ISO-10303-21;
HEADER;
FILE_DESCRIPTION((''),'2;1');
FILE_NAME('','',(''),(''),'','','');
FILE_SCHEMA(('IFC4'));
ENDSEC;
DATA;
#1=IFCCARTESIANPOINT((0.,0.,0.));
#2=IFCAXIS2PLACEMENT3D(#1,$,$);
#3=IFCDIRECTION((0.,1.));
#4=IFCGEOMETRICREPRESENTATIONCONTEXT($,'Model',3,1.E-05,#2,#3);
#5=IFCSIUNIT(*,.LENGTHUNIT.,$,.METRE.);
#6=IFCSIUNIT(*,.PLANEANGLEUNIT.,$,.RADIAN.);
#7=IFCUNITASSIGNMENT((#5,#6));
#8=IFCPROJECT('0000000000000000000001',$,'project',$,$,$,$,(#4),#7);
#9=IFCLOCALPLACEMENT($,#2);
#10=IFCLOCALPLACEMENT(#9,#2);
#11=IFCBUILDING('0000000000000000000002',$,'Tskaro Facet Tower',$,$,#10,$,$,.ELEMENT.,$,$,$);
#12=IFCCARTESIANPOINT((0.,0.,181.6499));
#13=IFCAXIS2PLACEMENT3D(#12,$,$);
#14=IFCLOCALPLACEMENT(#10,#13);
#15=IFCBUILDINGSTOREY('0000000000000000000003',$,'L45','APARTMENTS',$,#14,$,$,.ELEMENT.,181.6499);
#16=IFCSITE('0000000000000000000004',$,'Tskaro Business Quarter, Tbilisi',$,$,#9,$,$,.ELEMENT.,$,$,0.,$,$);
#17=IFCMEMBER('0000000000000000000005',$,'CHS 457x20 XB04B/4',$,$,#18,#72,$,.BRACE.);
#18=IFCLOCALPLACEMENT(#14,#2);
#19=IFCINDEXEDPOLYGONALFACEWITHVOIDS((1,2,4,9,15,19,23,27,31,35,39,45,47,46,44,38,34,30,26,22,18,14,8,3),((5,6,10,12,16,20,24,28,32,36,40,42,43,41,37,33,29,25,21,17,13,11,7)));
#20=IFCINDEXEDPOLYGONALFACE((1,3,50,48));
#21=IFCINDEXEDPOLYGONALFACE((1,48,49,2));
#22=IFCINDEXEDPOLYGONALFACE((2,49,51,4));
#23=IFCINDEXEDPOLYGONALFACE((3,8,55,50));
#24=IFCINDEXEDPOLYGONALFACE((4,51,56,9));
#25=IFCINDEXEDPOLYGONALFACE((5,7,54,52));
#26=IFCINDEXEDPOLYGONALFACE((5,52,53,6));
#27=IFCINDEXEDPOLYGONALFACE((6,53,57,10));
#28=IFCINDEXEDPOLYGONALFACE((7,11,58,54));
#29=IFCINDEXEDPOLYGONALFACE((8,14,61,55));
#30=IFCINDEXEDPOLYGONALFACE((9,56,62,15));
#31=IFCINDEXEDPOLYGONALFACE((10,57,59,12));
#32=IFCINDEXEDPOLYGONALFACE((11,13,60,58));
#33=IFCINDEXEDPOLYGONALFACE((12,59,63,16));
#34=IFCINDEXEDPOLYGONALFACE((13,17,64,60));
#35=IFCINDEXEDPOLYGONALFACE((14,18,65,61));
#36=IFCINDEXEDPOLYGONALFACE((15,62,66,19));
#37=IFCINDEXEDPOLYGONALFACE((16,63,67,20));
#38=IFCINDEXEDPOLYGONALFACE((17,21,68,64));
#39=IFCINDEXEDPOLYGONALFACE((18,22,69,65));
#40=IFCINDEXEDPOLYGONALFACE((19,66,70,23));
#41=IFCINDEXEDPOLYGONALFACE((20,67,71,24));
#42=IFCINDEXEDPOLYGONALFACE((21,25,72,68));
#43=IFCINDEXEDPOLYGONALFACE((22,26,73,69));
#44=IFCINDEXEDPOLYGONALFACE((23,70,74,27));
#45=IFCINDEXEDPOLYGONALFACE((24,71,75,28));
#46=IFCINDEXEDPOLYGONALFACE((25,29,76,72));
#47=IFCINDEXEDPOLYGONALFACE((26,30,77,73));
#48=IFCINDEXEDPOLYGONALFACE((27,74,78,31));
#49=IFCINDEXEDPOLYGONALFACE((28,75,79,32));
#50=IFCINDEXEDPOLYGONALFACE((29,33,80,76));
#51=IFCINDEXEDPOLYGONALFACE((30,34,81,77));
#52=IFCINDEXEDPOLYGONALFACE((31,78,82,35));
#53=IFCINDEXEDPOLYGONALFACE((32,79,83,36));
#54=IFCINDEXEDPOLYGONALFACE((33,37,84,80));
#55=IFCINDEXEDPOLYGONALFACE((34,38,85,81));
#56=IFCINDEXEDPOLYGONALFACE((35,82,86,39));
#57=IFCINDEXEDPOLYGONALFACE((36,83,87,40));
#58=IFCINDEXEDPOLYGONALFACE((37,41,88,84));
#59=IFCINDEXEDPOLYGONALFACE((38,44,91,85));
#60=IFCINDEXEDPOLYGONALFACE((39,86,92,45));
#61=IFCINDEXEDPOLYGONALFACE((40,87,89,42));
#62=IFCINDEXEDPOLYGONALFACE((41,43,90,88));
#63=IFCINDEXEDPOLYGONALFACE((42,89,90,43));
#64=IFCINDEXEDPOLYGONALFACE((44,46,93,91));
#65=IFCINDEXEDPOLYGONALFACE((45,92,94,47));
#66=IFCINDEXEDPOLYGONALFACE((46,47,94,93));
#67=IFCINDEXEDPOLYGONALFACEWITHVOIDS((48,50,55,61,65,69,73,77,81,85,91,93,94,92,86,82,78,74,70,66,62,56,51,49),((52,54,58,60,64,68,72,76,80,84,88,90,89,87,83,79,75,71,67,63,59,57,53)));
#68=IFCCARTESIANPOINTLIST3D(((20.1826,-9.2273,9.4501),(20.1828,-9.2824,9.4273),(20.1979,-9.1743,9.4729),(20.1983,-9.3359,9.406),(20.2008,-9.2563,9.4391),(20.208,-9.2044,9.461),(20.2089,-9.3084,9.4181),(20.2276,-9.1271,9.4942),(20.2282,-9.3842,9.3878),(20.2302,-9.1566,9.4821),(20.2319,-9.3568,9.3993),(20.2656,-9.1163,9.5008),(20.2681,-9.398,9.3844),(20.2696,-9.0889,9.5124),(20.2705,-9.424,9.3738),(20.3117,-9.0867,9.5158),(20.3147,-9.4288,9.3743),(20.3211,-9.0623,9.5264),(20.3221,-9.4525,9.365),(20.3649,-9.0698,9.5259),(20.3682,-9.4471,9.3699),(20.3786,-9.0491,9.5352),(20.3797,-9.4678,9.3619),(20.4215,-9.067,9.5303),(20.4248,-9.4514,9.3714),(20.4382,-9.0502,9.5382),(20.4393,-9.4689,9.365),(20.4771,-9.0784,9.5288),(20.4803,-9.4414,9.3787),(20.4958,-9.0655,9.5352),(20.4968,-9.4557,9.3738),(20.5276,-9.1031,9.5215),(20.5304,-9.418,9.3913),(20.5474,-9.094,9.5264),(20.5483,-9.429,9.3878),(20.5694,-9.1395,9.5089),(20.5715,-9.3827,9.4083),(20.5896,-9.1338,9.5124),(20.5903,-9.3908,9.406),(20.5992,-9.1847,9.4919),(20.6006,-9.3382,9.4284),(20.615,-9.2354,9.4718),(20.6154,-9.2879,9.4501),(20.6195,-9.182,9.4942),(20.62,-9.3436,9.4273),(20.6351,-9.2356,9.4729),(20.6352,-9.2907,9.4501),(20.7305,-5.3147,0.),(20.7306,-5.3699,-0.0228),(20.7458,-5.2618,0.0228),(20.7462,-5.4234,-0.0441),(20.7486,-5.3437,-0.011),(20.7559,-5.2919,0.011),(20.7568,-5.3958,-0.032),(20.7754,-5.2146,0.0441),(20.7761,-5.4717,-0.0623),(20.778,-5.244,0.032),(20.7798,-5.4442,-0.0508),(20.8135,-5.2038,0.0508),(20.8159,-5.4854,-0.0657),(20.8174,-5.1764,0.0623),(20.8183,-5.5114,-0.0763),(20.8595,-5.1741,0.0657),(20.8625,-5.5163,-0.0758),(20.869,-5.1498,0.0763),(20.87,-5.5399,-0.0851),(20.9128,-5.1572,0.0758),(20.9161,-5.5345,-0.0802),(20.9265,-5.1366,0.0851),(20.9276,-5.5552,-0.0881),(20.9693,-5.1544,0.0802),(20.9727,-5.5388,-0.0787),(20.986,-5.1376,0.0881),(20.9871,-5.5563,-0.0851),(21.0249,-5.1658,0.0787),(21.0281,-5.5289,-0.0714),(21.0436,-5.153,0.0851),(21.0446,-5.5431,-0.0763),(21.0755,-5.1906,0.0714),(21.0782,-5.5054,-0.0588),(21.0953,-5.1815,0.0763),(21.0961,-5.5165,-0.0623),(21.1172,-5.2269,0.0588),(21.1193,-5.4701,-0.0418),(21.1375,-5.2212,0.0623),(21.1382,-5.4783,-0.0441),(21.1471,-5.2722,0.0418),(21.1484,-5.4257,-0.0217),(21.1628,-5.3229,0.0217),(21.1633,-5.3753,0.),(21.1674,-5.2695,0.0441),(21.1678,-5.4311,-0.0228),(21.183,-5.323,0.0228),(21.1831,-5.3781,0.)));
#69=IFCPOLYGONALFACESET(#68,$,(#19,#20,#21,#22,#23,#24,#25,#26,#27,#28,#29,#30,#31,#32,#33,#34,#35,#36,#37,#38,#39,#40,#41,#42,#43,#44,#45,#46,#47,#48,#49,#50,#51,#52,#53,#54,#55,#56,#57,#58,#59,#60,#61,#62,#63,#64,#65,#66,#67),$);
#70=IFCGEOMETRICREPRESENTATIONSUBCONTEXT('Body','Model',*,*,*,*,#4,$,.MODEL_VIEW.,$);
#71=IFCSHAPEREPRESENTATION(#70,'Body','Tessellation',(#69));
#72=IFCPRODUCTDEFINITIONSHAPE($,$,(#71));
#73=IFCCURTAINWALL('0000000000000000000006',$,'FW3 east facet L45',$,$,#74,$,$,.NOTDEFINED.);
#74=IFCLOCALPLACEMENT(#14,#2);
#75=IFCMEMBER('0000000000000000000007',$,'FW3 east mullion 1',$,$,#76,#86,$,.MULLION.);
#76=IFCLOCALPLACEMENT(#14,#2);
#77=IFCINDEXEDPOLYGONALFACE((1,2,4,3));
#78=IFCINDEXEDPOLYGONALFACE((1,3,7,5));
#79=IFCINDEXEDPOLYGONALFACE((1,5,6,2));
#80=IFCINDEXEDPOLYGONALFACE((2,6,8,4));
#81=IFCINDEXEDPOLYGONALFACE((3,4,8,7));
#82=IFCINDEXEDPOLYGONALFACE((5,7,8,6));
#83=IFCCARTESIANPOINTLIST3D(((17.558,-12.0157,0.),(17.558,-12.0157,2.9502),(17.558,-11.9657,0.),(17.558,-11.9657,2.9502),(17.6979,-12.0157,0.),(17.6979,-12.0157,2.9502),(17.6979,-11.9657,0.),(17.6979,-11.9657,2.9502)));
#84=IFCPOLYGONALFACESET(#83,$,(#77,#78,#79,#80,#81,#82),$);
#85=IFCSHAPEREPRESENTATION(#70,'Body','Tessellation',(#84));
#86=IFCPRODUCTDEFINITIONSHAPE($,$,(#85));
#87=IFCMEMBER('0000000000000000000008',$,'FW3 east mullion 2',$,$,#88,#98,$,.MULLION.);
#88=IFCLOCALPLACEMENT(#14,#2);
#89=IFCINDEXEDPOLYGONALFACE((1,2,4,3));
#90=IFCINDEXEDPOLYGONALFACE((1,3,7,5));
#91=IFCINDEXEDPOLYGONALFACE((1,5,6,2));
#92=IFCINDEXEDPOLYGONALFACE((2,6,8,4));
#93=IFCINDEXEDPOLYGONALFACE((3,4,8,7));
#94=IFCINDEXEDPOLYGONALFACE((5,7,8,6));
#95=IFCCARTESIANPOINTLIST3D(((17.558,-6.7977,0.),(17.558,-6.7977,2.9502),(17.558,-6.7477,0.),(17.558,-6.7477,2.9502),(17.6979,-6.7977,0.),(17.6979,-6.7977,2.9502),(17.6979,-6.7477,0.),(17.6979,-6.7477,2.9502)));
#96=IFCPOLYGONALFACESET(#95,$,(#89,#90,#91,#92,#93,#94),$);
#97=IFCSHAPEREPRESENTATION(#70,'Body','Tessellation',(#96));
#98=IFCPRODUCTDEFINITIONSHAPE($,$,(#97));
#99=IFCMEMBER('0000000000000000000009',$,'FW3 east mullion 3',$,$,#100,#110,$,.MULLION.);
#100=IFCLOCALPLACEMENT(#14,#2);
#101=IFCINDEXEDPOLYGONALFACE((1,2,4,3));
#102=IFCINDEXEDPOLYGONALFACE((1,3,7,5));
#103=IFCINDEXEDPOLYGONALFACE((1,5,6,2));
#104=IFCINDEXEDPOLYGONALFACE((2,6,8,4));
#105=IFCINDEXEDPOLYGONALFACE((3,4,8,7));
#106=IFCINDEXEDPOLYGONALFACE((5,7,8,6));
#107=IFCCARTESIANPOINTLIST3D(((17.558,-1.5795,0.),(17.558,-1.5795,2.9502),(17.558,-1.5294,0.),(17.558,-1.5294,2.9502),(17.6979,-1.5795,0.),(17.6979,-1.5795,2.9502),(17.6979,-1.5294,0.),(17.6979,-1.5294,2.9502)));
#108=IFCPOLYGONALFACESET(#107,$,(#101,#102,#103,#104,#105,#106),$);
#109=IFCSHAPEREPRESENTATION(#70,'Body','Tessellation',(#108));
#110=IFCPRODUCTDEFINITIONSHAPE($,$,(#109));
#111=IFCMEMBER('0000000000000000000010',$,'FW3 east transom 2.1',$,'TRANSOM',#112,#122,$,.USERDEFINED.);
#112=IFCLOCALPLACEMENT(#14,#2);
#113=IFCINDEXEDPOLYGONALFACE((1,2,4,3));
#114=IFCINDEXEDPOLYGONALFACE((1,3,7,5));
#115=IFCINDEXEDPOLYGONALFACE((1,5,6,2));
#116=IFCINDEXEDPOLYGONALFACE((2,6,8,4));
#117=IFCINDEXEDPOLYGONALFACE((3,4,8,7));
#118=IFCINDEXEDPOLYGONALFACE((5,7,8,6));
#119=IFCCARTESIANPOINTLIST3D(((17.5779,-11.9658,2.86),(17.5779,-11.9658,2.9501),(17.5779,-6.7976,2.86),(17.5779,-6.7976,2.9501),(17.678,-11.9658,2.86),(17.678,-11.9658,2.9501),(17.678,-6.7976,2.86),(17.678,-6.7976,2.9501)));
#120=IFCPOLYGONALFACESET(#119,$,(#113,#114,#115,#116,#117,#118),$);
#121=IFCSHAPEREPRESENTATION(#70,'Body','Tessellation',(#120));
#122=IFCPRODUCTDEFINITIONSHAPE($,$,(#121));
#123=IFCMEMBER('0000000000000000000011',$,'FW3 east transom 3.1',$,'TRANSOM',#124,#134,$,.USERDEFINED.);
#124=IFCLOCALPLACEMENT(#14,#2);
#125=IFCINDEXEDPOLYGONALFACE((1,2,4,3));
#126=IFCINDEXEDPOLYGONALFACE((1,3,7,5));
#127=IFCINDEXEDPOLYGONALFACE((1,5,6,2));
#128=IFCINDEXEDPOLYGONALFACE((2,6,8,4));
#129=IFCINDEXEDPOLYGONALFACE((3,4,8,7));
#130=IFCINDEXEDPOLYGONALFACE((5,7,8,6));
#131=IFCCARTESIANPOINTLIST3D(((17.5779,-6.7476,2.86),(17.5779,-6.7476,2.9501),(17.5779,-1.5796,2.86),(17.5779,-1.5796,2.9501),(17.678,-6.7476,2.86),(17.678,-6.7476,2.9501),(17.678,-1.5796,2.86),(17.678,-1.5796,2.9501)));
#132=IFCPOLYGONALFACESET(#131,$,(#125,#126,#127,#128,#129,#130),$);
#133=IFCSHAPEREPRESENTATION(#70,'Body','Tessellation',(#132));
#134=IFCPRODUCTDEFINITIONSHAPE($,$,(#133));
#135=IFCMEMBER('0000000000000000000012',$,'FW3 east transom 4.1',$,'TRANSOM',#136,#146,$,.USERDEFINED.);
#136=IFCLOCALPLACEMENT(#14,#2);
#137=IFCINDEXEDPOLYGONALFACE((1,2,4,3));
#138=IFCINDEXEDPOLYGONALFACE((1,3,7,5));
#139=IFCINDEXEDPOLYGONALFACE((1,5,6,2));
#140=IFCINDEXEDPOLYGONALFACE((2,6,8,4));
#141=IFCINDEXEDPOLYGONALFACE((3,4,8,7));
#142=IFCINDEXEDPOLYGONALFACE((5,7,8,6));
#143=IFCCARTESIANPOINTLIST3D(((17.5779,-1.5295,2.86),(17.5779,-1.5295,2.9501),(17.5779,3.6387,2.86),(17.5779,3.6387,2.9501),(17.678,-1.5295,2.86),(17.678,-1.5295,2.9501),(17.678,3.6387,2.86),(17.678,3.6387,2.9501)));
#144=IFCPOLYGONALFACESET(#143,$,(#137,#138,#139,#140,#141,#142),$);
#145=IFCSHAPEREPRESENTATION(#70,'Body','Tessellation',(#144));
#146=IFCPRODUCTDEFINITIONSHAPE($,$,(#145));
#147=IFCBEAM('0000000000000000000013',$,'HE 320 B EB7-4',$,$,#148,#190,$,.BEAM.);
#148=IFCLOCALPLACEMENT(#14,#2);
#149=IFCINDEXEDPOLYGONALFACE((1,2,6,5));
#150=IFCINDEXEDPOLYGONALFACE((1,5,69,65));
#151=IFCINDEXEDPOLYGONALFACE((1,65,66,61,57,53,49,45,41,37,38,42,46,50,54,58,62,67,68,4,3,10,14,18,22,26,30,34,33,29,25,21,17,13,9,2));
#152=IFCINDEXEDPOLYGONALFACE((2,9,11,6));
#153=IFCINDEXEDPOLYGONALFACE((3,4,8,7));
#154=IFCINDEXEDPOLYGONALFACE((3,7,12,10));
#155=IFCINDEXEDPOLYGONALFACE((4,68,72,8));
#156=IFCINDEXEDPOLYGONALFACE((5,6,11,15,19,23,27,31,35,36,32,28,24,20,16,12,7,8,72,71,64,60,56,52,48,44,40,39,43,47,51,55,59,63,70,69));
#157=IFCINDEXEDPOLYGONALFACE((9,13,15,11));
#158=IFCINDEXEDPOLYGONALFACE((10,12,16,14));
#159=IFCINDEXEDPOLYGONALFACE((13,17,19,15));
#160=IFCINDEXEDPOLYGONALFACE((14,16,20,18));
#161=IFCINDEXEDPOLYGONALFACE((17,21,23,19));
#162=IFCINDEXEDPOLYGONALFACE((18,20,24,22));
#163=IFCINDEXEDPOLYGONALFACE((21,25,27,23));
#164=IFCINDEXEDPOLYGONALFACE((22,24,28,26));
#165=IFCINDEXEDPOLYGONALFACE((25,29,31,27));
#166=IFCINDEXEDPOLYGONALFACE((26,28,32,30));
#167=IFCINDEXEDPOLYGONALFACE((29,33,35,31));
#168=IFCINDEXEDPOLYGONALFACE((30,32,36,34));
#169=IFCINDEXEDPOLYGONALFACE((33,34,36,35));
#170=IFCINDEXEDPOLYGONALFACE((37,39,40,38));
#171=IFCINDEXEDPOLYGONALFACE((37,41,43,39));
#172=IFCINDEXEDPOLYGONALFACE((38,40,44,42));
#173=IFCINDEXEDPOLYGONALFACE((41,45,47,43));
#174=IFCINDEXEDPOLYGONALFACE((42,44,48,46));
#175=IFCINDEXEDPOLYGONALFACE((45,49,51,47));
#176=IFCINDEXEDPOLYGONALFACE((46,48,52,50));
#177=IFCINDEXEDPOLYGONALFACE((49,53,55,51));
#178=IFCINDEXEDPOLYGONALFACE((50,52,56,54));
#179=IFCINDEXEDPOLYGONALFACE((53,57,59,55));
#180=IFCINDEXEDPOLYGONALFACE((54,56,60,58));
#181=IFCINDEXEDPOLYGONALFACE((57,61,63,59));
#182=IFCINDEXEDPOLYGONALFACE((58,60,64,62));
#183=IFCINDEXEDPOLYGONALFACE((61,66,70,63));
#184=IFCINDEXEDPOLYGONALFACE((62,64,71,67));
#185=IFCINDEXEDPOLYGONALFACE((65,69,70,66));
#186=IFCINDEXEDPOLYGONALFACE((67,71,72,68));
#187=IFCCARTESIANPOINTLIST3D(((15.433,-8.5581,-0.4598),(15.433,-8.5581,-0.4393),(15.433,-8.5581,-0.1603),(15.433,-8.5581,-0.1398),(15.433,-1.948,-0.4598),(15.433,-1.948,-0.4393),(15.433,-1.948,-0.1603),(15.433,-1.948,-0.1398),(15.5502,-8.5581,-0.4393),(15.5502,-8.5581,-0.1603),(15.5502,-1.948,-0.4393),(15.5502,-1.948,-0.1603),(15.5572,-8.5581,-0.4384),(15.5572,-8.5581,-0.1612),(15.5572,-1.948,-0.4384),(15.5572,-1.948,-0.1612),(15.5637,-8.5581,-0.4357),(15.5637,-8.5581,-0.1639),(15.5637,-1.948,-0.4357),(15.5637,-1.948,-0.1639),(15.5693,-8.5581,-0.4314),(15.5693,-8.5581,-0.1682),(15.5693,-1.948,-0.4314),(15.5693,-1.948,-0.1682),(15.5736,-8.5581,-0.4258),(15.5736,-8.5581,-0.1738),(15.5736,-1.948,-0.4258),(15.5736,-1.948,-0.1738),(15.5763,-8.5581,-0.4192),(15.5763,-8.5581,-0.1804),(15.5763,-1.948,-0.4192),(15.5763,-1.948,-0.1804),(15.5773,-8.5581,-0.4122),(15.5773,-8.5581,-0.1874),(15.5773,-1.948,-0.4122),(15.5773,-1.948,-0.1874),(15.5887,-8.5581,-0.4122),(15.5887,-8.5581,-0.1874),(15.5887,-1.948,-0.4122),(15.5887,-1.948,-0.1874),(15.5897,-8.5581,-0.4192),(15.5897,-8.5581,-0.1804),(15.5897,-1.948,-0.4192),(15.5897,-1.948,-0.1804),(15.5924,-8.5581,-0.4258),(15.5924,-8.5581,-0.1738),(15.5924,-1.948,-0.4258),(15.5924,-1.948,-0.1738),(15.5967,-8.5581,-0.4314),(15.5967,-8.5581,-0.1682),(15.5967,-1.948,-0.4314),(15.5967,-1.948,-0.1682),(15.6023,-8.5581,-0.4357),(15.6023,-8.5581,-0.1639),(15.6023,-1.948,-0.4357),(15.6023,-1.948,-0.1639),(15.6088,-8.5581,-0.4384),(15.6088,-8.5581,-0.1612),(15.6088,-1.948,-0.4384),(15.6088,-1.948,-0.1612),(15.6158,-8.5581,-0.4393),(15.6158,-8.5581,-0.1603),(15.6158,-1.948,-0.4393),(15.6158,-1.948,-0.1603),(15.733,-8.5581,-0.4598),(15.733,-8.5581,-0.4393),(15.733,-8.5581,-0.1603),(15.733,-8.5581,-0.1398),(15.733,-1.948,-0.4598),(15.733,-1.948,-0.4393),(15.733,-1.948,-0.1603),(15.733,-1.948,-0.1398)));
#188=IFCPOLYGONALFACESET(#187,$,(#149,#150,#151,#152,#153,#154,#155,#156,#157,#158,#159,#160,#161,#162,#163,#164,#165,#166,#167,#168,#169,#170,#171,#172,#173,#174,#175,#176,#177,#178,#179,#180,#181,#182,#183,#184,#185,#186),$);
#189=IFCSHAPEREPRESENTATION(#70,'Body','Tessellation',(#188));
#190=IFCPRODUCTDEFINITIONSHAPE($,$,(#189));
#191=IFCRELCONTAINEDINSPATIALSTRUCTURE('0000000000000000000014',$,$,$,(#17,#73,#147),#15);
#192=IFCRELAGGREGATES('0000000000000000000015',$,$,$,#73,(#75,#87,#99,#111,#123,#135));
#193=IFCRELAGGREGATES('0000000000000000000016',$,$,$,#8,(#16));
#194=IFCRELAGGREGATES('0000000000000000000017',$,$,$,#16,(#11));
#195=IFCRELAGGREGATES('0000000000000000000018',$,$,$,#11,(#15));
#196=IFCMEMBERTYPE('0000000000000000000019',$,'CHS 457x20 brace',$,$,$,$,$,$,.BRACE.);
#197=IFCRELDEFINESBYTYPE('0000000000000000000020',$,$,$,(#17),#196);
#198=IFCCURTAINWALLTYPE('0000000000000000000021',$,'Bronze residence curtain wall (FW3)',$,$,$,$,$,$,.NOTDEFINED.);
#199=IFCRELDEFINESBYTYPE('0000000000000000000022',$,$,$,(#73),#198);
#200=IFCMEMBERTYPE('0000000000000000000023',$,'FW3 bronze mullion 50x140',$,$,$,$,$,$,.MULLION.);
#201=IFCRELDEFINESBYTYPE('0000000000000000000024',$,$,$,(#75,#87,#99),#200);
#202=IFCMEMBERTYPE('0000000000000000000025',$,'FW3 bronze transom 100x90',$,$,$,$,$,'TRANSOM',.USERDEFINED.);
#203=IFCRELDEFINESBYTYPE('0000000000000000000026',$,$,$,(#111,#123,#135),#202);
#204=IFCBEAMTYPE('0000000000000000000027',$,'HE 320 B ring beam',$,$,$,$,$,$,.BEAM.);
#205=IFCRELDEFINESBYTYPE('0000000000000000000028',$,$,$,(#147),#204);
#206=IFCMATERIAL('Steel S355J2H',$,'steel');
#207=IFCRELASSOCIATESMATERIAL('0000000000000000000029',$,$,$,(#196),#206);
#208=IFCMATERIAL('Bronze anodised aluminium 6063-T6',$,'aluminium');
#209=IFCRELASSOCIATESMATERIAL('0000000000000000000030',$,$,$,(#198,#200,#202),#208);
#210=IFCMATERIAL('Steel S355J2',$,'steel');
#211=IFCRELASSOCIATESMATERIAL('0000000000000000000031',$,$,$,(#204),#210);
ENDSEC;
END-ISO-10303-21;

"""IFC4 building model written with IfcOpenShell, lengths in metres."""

from ifc_helpers import new_model, si_unit, direction, frame, origin, origin_2d, place, context, subcontext, project, spatial, rectangle, hollow_circle, i_section, extrude, material, material_profile, profile_set, type_object, element, aggregate, save


model = new_model("IFC4")

# Units and contexts
model_context = context("Model", 3, precision=1e-05, world=origin(), true_north=direction((0.0, 1.0)))
body_context = subcontext(model_context, "Body", "Model", "MODEL_VIEW")
ifc_project = project(units=[si_unit("LENGTHUNIT", "METRE"), si_unit("PLANEANGLEUNIT", "RADIAN")], contexts=[model_context])

# Site, building, storey
site_placement = place(None, origin())
site = spatial("IfcSite", under=ifc_project, at=site_placement, Name="Tskaro Business Quarter, Tbilisi", CompositionType="ELEMENT", RefElevation=0.0)
building_placement = place(site_placement, origin())
building = spatial("IfcBuilding", under=site, at=building_placement, Name="Tskaro Facet Tower", CompositionType="ELEMENT")
storey_placement = place(building_placement, frame((0.0, 0.0, 181.6499)))
storey = spatial("IfcBuildingStorey", under=building, at=storey_placement, Name="L45", Description="APARTMENTS", CompositionType="ELEMENT", Elevation=181.6499)

# Shared definitions
ifc_material_1 = material(Name="Steel S355J2H", Category="steel")

# Member
ifc_material_profile_1 = material_profile(ifc_material_1, hollow_circle(Radius=0.2285, WallThickness=0.02, at=origin_2d()), Name="CHS 457x20")
ifc_profile_set_1 = profile_set([ifc_material_profile_1], Name="Steel S355J2H")
member_type_1 = type_object("IfcMemberType", Name="CHS 457x20 brace", PredefinedType="BRACE", material=ifc_profile_set_1)
member_1_placement = place(storey_placement, frame((20.9568, -5.3464, 0.0), z_axis=(-0.053487, -0.381986, 0.922619), x_axis=(0.990339, -0.13867, 0.0)))
element("IfcMember", 1, at=member_1_placement, inside=storey, type_object=member_type_1, Name="CHS 457x20 XB04B/4", PredefinedType="BRACE", context=body_context, shape_type="SweptSolid", body=[
    extrude(hollow_circle(Radius=0.2285, WallThickness=0.02, at=origin_2d()), origin(), (0.0, 0.0, 1.0), 10.2427),
])

# Curtain wall, members
ifc_material_2 = material(Name="Bronze anodised aluminium 6063-T6", Category="aluminium")
curtain_wall_type = type_object("IfcCurtainWallType", Name="Bronze residence curtain wall (FW3)", PredefinedType="NOTDEFINED", material=ifc_material_2)
curtain_wall_placement = place(storey_placement, origin())
curtain_wall = element("IfcCurtainWall", 2, at=curtain_wall_placement, inside=storey, type_object=curtain_wall_type, Name="FW3 east facet L45", PredefinedType="NOTDEFINED")
ifc_material_profile_2 = material_profile(ifc_material_2, rectangle(XDim=0.05, YDim=0.1399, at=origin_2d()), Name="Mullion 50x140")
ifc_profile_set_2 = profile_set([ifc_material_profile_2], Name="Bronze anodised aluminium 6063-T6")
member_type_2 = type_object("IfcMemberType", Name="FW3 bronze mullion 50x140", PredefinedType="MULLION", material=ifc_profile_set_2)
member_2_placement = place(storey_placement, frame((17.6279, -11.9907, 0.0), z_axis=(0.0, 0.0, 1.0), x_axis=(0.0, 1.0, 0.0)))
member_2 = element("IfcMember", 3, at=member_2_placement, type_object=member_type_2, Name="FW3 east mullion 1", PredefinedType="MULLION", context=body_context, shape_type="SweptSolid", body=[
    extrude(rectangle(XDim=0.05, YDim=0.1399, at=origin_2d()), origin(), (0.0, 0.0, 1.0), 2.9502),
])
member_3_placement = place(storey_placement, frame((17.6279, -6.7727, 0.0), z_axis=(0.0, 0.0, 1.0), x_axis=(0.0, 1.0, 0.0)))
member_3 = element("IfcMember", 4, at=member_3_placement, type_object=member_type_2, Name="FW3 east mullion 2", PredefinedType="MULLION", context=body_context, shape_type="SweptSolid", body=[
    extrude(rectangle(XDim=0.05, YDim=0.1399, at=origin_2d()), origin(), (0.0, 0.0, 1.0), 2.9502),
])
member_4_placement = place(storey_placement, frame((17.6279, -1.5544, 0.0), z_axis=(0.0, 0.0, 1.0), x_axis=(0.0, 1.0, 0.0)))
member_4 = element("IfcMember", 5, at=member_4_placement, type_object=member_type_2, Name="FW3 east mullion 3", PredefinedType="MULLION", context=body_context, shape_type="SweptSolid", body=[
    extrude(rectangle(XDim=0.05, YDim=0.1399, at=origin_2d()), origin(), (0.0, 0.0, 1.0), 2.9502),
])
ifc_material_profile_3 = material_profile(ifc_material_2, rectangle(XDim=0.1001, YDim=0.0901, at=origin_2d()), Name="Transom 100x90")
ifc_profile_set_3 = profile_set([ifc_material_profile_3], Name="Bronze anodised aluminium 6063-T6")
member_type_3 = type_object("IfcMemberType", Name="FW3 bronze transom 100x90", ElementType="TRANSOM", PredefinedType="USERDEFINED", material=ifc_profile_set_3)
member_5_placement = place(storey_placement, frame((17.6279, -11.9658, 2.905), z_axis=(0.0, 1.0, 0.0), x_axis=(-1.0, 0.0, 0.0)))
member_5 = element("IfcMember", 6, at=member_5_placement, type_object=member_type_3, Name="FW3 east transom 2.1", ObjectType="TRANSOM", PredefinedType="USERDEFINED", context=body_context, shape_type="SweptSolid", body=[
    extrude(rectangle(XDim=0.1001, YDim=0.0901, at=origin_2d()), origin(), (0.0, 0.0, 1.0), 5.1682),
])
member_6_placement = place(storey_placement, frame((17.6279, -6.7476, 2.905), z_axis=(0.0, 1.0, 0.0), x_axis=(-1.0, 0.0, 0.0)))
member_6 = element("IfcMember", 7, at=member_6_placement, type_object=member_type_3, Name="FW3 east transom 3.1", ObjectType="TRANSOM", PredefinedType="USERDEFINED", context=body_context, shape_type="SweptSolid", body=[
    extrude(rectangle(XDim=0.1001, YDim=0.0901, at=origin_2d()), origin(), (0.0, 0.0, 1.0), 5.168),
])
member_7_placement = place(storey_placement, frame((17.6279, -1.5295, 2.905), z_axis=(0.0, 1.0, 0.0), x_axis=(-1.0, 0.0, 0.0)))
member_7 = element("IfcMember", 8, at=member_7_placement, type_object=member_type_3, Name="FW3 east transom 4.1", ObjectType="TRANSOM", PredefinedType="USERDEFINED", context=body_context, shape_type="SweptSolid", body=[
    extrude(rectangle(XDim=0.1001, YDim=0.0901, at=origin_2d()), origin(), (0.0, 0.0, 1.0), 5.1682),
])

# Beam
ifc_material_3 = material(Name="Steel S355J2", Category="steel")
ifc_material_profile_4 = material_profile(ifc_material_3, i_section(OverallWidth=0.3, OverallDepth=0.3201, WebThickness=0.0115, FlangeThickness=0.0205, FilletRadius=0.0271, at=origin_2d()), Name="HE 320 B")
ifc_profile_set_4 = profile_set([ifc_material_profile_4], Name="Steel S355J2")
beam_type_1 = type_object("IfcBeamType", Name="HE 320 B ring beam", PredefinedType="BEAM", material=ifc_profile_set_4)
beam_1_placement = place(storey_placement, frame((15.583, -8.5581, -0.2998), z_axis=(0.0, 1.0, 0.0), x_axis=(-1.0, 0.0, 0.0)))
element("IfcBeam", 9, at=beam_1_placement, inside=storey, type_object=beam_type_1, Name="HE 320 B EB7-4", PredefinedType="BEAM", context=body_context, shape_type="SweptSolid", body=[
    extrude(i_section(OverallWidth=0.3, OverallDepth=0.3201, WebThickness=0.0115, FlangeThickness=0.0205, FilletRadius=0.0271, at=origin_2d()), origin(), (0.0, 0.0, 1.0), 6.6101),
])

aggregate(curtain_wall, [member_2, member_3, member_4, member_5, member_6, member_7])

save(model, "model.ifc")
